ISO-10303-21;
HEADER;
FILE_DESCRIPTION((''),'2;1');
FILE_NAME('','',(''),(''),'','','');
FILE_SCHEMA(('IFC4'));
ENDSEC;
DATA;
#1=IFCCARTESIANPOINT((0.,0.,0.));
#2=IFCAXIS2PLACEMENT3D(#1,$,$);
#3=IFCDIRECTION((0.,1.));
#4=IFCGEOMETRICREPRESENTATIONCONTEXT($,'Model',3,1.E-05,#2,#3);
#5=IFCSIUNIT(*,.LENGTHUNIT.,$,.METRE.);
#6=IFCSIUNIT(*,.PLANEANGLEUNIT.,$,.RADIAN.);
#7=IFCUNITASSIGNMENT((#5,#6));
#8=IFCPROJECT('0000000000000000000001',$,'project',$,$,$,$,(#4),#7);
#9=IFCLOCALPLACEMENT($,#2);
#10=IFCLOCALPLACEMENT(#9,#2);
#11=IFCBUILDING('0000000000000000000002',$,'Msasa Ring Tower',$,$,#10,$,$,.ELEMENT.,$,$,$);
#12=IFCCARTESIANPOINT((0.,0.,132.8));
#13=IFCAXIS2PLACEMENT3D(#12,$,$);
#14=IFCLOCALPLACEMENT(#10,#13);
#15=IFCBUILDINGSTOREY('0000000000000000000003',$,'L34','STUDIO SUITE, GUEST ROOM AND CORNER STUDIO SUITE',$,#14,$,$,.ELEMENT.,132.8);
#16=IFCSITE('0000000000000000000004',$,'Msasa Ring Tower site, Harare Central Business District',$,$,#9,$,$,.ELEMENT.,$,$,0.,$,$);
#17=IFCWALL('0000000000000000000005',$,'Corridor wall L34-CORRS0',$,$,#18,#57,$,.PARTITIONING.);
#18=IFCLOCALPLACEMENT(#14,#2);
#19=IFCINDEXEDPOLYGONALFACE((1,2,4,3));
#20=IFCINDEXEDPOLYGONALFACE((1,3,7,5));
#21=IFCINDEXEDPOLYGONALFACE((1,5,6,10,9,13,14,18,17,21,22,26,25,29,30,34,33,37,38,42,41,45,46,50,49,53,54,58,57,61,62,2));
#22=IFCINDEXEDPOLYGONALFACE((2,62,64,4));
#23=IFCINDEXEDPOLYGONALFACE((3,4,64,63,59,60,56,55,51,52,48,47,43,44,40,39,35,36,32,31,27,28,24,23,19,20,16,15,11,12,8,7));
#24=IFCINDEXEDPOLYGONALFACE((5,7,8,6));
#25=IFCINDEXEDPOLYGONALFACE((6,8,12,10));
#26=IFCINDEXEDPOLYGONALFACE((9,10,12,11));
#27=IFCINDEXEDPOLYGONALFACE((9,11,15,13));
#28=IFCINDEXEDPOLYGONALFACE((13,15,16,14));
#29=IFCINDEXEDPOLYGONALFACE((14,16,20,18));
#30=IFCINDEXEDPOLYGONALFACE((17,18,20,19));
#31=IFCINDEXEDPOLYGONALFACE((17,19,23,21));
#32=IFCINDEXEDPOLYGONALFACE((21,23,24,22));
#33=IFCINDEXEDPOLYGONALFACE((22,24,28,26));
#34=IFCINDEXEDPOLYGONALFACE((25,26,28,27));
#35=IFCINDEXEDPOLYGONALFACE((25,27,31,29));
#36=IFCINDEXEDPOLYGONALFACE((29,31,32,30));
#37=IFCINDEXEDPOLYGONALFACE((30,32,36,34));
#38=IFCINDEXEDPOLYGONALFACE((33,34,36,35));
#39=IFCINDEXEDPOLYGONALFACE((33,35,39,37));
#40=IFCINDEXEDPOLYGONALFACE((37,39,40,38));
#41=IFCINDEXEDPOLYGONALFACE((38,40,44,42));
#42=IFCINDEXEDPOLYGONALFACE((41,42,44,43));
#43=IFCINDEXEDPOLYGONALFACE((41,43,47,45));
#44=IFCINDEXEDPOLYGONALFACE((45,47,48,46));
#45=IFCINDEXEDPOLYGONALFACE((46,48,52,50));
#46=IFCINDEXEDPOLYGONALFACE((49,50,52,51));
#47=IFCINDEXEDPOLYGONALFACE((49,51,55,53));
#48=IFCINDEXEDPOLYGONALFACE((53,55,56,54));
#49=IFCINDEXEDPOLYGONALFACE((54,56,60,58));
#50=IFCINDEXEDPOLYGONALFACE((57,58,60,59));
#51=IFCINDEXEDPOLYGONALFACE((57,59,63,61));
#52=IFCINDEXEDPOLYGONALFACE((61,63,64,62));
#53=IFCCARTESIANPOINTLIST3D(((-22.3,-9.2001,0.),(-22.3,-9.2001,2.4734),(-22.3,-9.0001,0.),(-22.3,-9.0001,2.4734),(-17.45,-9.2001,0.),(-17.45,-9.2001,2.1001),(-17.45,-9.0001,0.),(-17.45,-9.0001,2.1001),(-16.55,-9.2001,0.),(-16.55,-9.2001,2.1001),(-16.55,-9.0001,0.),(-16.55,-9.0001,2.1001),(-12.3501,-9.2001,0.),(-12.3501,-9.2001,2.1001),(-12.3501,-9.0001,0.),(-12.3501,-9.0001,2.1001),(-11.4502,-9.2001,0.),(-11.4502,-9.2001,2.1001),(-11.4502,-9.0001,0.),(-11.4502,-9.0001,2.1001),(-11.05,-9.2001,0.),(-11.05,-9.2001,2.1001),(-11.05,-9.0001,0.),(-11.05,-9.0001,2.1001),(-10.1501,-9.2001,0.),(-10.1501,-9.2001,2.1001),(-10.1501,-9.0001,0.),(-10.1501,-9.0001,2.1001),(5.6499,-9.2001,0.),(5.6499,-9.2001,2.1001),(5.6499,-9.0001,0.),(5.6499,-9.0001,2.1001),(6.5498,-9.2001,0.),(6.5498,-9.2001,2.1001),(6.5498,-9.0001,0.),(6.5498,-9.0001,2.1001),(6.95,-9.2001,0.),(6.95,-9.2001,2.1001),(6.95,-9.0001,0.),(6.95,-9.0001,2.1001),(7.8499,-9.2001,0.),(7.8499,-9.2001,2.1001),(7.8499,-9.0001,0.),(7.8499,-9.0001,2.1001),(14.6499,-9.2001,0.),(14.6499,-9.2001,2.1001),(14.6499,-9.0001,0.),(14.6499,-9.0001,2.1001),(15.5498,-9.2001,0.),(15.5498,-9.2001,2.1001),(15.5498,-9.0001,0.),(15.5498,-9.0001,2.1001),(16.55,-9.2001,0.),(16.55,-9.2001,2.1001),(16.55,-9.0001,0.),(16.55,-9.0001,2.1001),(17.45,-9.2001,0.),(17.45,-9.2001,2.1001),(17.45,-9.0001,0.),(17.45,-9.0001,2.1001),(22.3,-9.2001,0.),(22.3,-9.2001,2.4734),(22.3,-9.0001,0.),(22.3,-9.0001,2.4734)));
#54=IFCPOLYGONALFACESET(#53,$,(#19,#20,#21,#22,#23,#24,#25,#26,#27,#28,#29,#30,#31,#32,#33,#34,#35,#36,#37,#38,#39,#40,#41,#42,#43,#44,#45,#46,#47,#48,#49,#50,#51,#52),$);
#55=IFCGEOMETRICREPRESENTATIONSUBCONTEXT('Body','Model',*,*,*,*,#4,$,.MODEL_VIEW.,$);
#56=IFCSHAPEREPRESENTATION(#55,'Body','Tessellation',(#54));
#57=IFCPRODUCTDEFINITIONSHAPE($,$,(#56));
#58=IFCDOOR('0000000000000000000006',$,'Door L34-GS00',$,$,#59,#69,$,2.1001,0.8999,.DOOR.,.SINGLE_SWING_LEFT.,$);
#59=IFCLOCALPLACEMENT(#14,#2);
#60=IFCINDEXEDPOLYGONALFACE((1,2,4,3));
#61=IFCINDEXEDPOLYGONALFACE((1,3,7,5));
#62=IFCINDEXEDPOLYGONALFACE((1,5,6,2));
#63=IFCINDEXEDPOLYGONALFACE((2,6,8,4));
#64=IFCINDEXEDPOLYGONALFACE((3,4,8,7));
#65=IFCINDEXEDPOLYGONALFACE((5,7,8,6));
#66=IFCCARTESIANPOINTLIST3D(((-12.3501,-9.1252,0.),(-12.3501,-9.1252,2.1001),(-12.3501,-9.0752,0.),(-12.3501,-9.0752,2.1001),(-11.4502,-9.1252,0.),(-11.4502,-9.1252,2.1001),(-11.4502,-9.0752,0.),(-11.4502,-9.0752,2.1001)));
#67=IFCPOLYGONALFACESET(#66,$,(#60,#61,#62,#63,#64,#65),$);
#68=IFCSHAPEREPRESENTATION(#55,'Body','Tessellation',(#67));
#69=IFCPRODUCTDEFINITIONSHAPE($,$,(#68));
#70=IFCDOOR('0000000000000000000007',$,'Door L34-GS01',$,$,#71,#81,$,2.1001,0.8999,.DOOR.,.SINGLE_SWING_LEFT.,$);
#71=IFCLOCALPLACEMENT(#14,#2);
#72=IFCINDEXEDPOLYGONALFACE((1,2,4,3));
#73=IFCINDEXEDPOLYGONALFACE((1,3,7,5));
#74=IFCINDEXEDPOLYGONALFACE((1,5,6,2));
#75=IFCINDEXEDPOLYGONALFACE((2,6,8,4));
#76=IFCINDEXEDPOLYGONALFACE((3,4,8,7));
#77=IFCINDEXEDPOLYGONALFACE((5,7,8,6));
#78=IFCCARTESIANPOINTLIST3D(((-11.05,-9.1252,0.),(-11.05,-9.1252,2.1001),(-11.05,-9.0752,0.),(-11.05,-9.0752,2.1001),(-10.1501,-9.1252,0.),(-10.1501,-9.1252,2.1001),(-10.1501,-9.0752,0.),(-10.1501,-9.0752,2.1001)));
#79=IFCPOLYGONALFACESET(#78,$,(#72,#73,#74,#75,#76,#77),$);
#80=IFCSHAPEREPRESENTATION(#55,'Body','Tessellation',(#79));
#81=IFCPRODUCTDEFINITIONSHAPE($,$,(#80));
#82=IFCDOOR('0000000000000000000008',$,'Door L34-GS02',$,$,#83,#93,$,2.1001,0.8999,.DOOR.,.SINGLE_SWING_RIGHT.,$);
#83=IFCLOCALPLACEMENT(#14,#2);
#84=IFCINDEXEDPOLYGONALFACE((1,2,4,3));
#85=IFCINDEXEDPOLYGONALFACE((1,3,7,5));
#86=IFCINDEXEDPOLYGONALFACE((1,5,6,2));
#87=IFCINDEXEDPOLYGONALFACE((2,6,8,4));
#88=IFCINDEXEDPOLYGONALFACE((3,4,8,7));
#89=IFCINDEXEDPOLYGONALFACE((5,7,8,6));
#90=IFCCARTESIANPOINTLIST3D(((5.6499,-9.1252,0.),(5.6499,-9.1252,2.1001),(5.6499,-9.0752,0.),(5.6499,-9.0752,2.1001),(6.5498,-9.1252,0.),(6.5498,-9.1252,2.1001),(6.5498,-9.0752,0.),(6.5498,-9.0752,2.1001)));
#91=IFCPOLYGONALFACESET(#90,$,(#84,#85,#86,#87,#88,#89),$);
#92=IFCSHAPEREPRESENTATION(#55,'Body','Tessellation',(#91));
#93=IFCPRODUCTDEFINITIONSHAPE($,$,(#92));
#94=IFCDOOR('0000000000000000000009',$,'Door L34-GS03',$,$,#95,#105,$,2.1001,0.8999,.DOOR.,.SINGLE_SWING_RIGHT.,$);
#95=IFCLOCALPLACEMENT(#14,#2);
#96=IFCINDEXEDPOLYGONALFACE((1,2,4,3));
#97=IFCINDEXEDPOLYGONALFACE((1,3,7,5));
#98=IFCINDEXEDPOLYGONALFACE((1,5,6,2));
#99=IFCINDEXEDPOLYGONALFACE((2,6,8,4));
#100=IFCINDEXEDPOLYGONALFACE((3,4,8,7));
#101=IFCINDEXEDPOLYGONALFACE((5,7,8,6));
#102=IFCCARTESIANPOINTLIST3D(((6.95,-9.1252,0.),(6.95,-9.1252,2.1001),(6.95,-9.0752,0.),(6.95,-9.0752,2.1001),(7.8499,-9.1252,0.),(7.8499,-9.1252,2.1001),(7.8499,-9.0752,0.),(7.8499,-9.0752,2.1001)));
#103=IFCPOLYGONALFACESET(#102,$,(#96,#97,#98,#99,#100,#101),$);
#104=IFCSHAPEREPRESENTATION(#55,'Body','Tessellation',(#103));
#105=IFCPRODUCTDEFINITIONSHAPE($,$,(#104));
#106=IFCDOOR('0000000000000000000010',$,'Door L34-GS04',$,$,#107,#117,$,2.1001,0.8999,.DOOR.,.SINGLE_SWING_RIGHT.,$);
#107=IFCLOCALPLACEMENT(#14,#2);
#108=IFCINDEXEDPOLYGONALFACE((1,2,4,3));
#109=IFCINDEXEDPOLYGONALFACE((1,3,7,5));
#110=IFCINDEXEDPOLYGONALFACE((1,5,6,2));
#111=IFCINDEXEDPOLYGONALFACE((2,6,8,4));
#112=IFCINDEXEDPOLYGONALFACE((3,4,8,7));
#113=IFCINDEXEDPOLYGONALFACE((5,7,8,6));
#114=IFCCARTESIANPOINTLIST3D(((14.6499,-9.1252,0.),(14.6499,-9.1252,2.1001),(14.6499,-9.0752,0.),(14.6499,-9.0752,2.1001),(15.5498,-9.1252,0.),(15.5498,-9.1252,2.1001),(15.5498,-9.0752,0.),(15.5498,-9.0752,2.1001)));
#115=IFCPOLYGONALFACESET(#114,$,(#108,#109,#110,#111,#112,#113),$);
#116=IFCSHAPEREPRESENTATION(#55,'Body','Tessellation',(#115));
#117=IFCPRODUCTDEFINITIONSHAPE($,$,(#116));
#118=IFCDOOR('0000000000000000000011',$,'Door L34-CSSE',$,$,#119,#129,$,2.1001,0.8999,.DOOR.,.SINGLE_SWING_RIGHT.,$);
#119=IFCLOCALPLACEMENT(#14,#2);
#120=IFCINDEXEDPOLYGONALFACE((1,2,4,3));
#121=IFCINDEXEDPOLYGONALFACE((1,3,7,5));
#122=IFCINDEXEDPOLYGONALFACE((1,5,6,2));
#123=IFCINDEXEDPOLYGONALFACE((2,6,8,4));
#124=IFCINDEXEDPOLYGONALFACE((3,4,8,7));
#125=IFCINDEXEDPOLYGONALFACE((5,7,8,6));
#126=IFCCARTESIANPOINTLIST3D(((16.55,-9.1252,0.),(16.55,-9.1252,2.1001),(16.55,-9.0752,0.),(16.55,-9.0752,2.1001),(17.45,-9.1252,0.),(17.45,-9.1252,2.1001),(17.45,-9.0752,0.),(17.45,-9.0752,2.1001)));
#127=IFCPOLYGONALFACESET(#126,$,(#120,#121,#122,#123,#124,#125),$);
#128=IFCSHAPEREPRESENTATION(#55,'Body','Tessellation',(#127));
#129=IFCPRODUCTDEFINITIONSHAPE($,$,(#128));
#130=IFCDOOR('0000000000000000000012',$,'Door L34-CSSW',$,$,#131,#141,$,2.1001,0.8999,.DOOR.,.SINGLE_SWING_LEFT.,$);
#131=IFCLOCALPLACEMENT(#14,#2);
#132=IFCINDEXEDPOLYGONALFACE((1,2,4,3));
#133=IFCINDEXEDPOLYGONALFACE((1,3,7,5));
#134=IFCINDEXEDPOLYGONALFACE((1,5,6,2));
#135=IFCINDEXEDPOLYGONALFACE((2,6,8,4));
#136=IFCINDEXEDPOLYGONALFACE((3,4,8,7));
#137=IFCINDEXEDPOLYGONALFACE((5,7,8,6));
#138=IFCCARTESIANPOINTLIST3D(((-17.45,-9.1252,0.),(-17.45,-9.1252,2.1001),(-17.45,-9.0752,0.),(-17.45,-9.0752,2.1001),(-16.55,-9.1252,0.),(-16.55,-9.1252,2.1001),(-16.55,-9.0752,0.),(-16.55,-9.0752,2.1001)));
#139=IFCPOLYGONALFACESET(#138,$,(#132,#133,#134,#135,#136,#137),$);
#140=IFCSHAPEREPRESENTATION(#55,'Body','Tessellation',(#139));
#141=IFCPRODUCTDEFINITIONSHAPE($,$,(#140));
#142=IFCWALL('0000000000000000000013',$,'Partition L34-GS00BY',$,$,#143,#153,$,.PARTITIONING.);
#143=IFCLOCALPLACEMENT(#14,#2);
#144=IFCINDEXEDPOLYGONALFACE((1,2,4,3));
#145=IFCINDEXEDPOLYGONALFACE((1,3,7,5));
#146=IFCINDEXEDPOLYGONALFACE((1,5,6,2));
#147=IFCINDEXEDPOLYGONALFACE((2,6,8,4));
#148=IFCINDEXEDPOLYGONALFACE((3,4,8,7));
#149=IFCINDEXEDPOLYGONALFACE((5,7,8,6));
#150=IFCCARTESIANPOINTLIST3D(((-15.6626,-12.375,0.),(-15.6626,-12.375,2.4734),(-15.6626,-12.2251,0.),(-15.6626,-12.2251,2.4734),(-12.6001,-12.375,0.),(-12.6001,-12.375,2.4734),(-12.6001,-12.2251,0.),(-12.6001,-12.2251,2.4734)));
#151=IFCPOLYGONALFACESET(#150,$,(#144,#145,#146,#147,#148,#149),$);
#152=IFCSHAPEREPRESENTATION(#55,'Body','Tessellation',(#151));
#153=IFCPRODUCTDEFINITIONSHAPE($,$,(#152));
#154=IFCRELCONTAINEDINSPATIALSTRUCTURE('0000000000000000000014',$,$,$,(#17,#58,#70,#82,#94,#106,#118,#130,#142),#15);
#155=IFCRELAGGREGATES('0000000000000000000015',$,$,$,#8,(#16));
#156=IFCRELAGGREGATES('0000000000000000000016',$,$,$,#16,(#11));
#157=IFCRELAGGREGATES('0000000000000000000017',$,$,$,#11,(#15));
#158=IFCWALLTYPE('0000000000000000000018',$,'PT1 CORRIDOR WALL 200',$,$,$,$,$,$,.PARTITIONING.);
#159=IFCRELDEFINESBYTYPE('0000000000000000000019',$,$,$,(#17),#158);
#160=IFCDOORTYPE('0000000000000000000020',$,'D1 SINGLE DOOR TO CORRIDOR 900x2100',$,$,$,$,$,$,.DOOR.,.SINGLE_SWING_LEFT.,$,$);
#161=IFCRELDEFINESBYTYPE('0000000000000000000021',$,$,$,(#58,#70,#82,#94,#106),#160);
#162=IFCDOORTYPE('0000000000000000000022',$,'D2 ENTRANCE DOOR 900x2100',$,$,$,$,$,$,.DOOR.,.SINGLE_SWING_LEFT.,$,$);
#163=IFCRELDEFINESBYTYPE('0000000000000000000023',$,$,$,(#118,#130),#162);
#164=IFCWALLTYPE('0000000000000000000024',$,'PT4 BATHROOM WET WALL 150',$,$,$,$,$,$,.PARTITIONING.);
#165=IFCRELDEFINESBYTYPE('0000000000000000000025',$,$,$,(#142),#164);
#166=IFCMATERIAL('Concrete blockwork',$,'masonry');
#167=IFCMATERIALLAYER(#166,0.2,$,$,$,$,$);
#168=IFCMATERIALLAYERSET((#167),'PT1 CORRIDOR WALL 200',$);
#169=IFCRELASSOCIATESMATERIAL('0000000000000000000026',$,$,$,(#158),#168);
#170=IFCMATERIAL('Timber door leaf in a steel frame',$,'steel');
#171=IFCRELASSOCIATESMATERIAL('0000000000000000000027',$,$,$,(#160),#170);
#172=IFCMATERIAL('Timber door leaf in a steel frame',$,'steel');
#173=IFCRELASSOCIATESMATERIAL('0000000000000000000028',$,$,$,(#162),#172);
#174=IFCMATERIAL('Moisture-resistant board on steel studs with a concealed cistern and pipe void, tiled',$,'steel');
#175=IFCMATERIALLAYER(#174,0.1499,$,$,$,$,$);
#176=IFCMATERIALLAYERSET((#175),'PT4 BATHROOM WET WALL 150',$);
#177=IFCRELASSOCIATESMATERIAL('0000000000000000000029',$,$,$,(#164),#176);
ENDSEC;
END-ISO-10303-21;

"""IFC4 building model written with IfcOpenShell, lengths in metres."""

from ifc_helpers import new_model, si_unit, direction, frame, frame_2d, origin, place, context, subcontext, project, spatial, rectangle, extrude, material, layer, layer_set, type_object, element, fill, save


model = new_model("IFC4")

# Units and contexts
model_context = context("Model", 3, precision=1e-05, world=origin(), true_north=direction((0.0, 1.0)))
body_context = subcontext(model_context, "Body", "Model", "MODEL_VIEW")
ifc_project = project(units=[si_unit("LENGTHUNIT", "METRE"), si_unit("PLANEANGLEUNIT", "RADIAN")], contexts=[model_context])

# Site, building, storey
site_placement = place(None, origin())
site = spatial("IfcSite", under=ifc_project, at=site_placement, Name="Msasa Ring Tower site, Harare Central Business District", CompositionType="ELEMENT", RefElevation=0.0)
building_placement = place(site_placement, origin())
building = spatial("IfcBuilding", under=site, at=building_placement, Name="Msasa Ring Tower", CompositionType="ELEMENT")
storey_placement = place(building_placement, frame((0.0, 0.0, 132.8)))
storey = spatial("IfcBuildingStorey", under=building, at=storey_placement, Name="L34", Description="STUDIO SUITE, GUEST ROOM AND CORNER STUDIO SUITE", CompositionType="ELEMENT", Elevation=132.8)

# Wall, openings, doors
ifc_material_1 = material(Name="Concrete blockwork", Category="masonry")
ifc_layer_1 = layer(ifc_material_1, 0.2)
ifc_layer_set_1 = layer_set([ifc_layer_1], Name="PT1 CORRIDOR WALL 200")
wall_type_1 = type_object("IfcWallType", Name="PT1 CORRIDOR WALL 200", PredefinedType="PARTITIONING", material=ifc_layer_set_1)
wall_1_placement = place(storey_placement, frame((-22.3, -9.1001, 0.0), z_axis=(0.0, 0.0, 1.0), x_axis=(1.0, 0.0, 0.0)))
wall_1 = element("IfcWall", 1, at=wall_1_placement, inside=storey, type_object=wall_type_1, Name="Corridor wall L34-CORRS0", PredefinedType="PARTITIONING", context=body_context, shape_type="SweptSolid", body=[
    extrude(rectangle(XDim=44.6001, YDim=0.2, at=frame_2d((22.3, 0.0))), origin(), (0.0, 0.0, 1.0), 2.4734),
])
opening_1_placement = place(wall_1_placement, frame((9.95, 0.0, 0.0)))
opening_1 = element("IfcOpeningElement", 2, at=opening_1_placement, cuts=wall_1, PredefinedType="OPENING", context=body_context, shape_type="SweptSolid", body=[
    extrude(rectangle(XDim=0.8999, YDim=2.1001, at=frame_2d((0.45, 1.05))), frame((0.0, 0.1099, 0.0), z_axis=(0.0, -1.0, 0.0), x_axis=(1.0, 0.0, 0.0)), (0.0, 0.0, 1.0), 0.22),
])
opening_2_placement = place(wall_1_placement, frame((11.25, 0.0, 0.0)))
opening_2 = element("IfcOpeningElement", 3, at=opening_2_placement, cuts=wall_1, PredefinedType="OPENING", context=body_context, shape_type="SweptSolid", body=[
    extrude(rectangle(XDim=0.8999, YDim=2.1001, at=frame_2d((0.45, 1.05))), frame((0.0, 0.1099, 0.0), z_axis=(0.0, -1.0, 0.0), x_axis=(1.0, 0.0, 0.0)), (0.0, 0.0, 1.0), 0.22),
])
opening_3_placement = place(wall_1_placement, frame((27.95, 0.0, 0.0)))
opening_3 = element("IfcOpeningElement", 4, at=opening_3_placement, cuts=wall_1, PredefinedType="OPENING", context=body_context, shape_type="SweptSolid", body=[
    extrude(rectangle(XDim=0.8999, YDim=2.1001, at=frame_2d((0.45, 1.05))), frame((0.0, 0.1099, 0.0), z_axis=(0.0, -1.0, 0.0), x_axis=(1.0, 0.0, 0.0)), (0.0, 0.0, 1.0), 0.22),
])
opening_4_placement = place(wall_1_placement, frame((29.25, 0.0, 0.0)))
opening_4 = element("IfcOpeningElement", 5, at=opening_4_placement, cuts=wall_1, PredefinedType="OPENING", context=body_context, shape_type="SweptSolid", body=[
    extrude(rectangle(XDim=0.8999, YDim=2.1001, at=frame_2d((0.45, 1.05))), frame((0.0, 0.1099, 0.0), z_axis=(0.0, -1.0, 0.0), x_axis=(1.0, 0.0, 0.0)), (0.0, 0.0, 1.0), 0.22),
])
opening_5_placement = place(wall_1_placement, frame((36.95, 0.0, 0.0)))
opening_5 = element("IfcOpeningElement", 6, at=opening_5_placement, cuts=wall_1, PredefinedType="OPENING", context=body_context, shape_type="SweptSolid", body=[
    extrude(rectangle(XDim=0.8999, YDim=2.1001, at=frame_2d((0.45, 1.05))), frame((0.0, 0.1099, 0.0), z_axis=(0.0, -1.0, 0.0), x_axis=(1.0, 0.0, 0.0)), (0.0, 0.0, 1.0), 0.22),
])
opening_6_placement = place(wall_1_placement, frame((38.8501, 0.0, 0.0)))
opening_6 = element("IfcOpeningElement", 7, at=opening_6_placement, cuts=wall_1, PredefinedType="OPENING", context=body_context, shape_type="SweptSolid", body=[
    extrude(rectangle(XDim=0.8999, YDim=2.1001, at=frame_2d((0.45, 1.05))), frame((0.0, 0.1099, 0.0), z_axis=(0.0, -1.0, 0.0), x_axis=(1.0, 0.0, 0.0)), (0.0, 0.0, 1.0), 0.22),
])
opening_7_placement = place(wall_1_placement, frame((4.8501, 0.0, 0.0)))
opening_7 = element("IfcOpeningElement", 8, at=opening_7_placement, cuts=wall_1, PredefinedType="OPENING", context=body_context, shape_type="SweptSolid", body=[
    extrude(rectangle(XDim=0.8999, YDim=2.1001, at=frame_2d((0.45, 1.05))), frame((0.0, 0.1099, 0.0), z_axis=(0.0, -1.0, 0.0), x_axis=(1.0, 0.0, 0.0)), (0.0, 0.0, 1.0), 0.22),
])
ifc_material_2 = material(Name="Timber door leaf in a steel frame", Category="steel")
door_type_1 = type_object("IfcDoorType", Name="D1 SINGLE DOOR TO CORRIDOR 900x2100", OperationType="SINGLE_SWING_LEFT", PredefinedType="DOOR", material=ifc_material_2)
door_1_placement = place(opening_1_placement, origin())
door_1 = element("IfcDoor", 9, at=door_1_placement, inside=storey, type_object=door_type_1, Name="Door L34-GS00", OperationType="SINGLE_SWING_LEFT", OverallHeight=2.1001, OverallWidth=0.8999, PredefinedType="DOOR", context=body_context, shape_type="SweptSolid", body=[
    extrude(rectangle(XDim=0.8999, YDim=2.1001, at=frame_2d((0.45, 1.05))), frame((0.0, 0.0249, 0.0), z_axis=(0.0, -1.0, 0.0), x_axis=(1.0, 0.0, 0.0)), (0.0, 0.0, 1.0), 0.05),
])
fill(opening_1, door_1)
door_2_placement = place(opening_2_placement, origin())
door_2 = element("IfcDoor", 10, at=door_2_placement, inside=storey, type_object=door_type_1, Name="Door L34-GS01", OperationType="SINGLE_SWING_LEFT", OverallHeight=2.1001, OverallWidth=0.8999, PredefinedType="DOOR", context=body_context, shape_type="SweptSolid", body=[
    extrude(rectangle(XDim=0.8999, YDim=2.1001, at=frame_2d((0.45, 1.05))), frame((0.0, 0.0249, 0.0), z_axis=(0.0, -1.0, 0.0), x_axis=(1.0, 0.0, 0.0)), (0.0, 0.0, 1.0), 0.05),
])
fill(opening_2, door_2)
door_3_placement = place(opening_3_placement, origin())
door_3 = element("IfcDoor", 11, at=door_3_placement, inside=storey, type_object=door_type_1, Name="Door L34-GS02", OperationType="SINGLE_SWING_RIGHT", OverallHeight=2.1001, OverallWidth=0.8999, PredefinedType="DOOR", context=body_context, shape_type="SweptSolid", body=[
    extrude(rectangle(XDim=0.8999, YDim=2.1001, at=frame_2d((0.45, 1.05))), frame((0.0, 0.0249, 0.0), z_axis=(0.0, -1.0, 0.0), x_axis=(1.0, 0.0, 0.0)), (0.0, 0.0, 1.0), 0.05),
])
fill(opening_3, door_3)
door_4_placement = place(opening_4_placement, origin())
door_4 = element("IfcDoor", 12, at=door_4_placement, inside=storey, type_object=door_type_1, Name="Door L34-GS03", OperationType="SINGLE_SWING_RIGHT", OverallHeight=2.1001, OverallWidth=0.8999, PredefinedType="DOOR", context=body_context, shape_type="SweptSolid", body=[
    extrude(rectangle(XDim=0.8999, YDim=2.1001, at=frame_2d((0.45, 1.05))), frame((0.0, 0.0249, 0.0), z_axis=(0.0, -1.0, 0.0), x_axis=(1.0, 0.0, 0.0)), (0.0, 0.0, 1.0), 0.05),
])
fill(opening_4, door_4)
door_5_placement = place(opening_5_placement, origin())
door_5 = element("IfcDoor", 13, at=door_5_placement, inside=storey, type_object=door_type_1, Name="Door L34-GS04", OperationType="SINGLE_SWING_RIGHT", OverallHeight=2.1001, OverallWidth=0.8999, PredefinedType="DOOR", context=body_context, shape_type="SweptSolid", body=[
    extrude(rectangle(XDim=0.8999, YDim=2.1001, at=frame_2d((0.45, 1.05))), frame((0.0, 0.0249, 0.0), z_axis=(0.0, -1.0, 0.0), x_axis=(1.0, 0.0, 0.0)), (0.0, 0.0, 1.0), 0.05),
])
fill(opening_5, door_5)
ifc_material_3 = material(Name="Timber door leaf in a steel frame", Category="steel")
door_type_2 = type_object("IfcDoorType", Name="D2 ENTRANCE DOOR 900x2100", OperationType="SINGLE_SWING_LEFT", PredefinedType="DOOR", material=ifc_material_3)
door_6_placement = place(opening_6_placement, origin())
door_6 = element("IfcDoor", 14, at=door_6_placement, inside=storey, type_object=door_type_2, Name="Door L34-CSSE", OperationType="SINGLE_SWING_RIGHT", OverallHeight=2.1001, OverallWidth=0.8999, PredefinedType="DOOR", context=body_context, shape_type="SweptSolid", body=[
    extrude(rectangle(XDim=0.8999, YDim=2.1001, at=frame_2d((0.45, 1.05))), frame((0.0, 0.0249, 0.0), z_axis=(0.0, -1.0, 0.0), x_axis=(1.0, 0.0, 0.0)), (0.0, 0.0, 1.0), 0.05),
])
fill(opening_6, door_6)
door_7_placement = place(opening_7_placement, origin())
door_7 = element("IfcDoor", 15, at=door_7_placement, inside=storey, type_object=door_type_2, Name="Door L34-CSSW", OperationType="SINGLE_SWING_LEFT", OverallHeight=2.1001, OverallWidth=0.8999, PredefinedType="DOOR", context=body_context, shape_type="SweptSolid", body=[
    extrude(rectangle(XDim=0.8999, YDim=2.1001, at=frame_2d((0.45, 1.05))), frame((0.0, 0.0249, 0.0), z_axis=(0.0, -1.0, 0.0), x_axis=(1.0, 0.0, 0.0)), (0.0, 0.0, 1.0), 0.05),
])
fill(opening_7, door_7)

# Wall
ifc_material_4 = material(Name="Moisture-resistant board on steel studs with a concealed cistern and pipe void, tiled", Category="steel")
ifc_layer_2 = layer(ifc_material_4, 0.1499)
ifc_layer_set_2 = layer_set([ifc_layer_2], Name="PT4 BATHROOM WET WALL 150")
wall_type_2 = type_object("IfcWallType", Name="PT4 BATHROOM WET WALL 150", PredefinedType="PARTITIONING", material=ifc_layer_set_2)
wall_2_placement = place(storey_placement, frame((-15.6626, -12.3, 0.0), z_axis=(0.0, 0.0, 1.0), x_axis=(1.0, 0.0, 0.0)))
element("IfcWall", 16, at=wall_2_placement, inside=storey, type_object=wall_type_2, Name="Partition L34-GS00BY", PredefinedType="PARTITIONING", context=body_context, shape_type="SweptSolid", body=[
    extrude(rectangle(XDim=3.0625, YDim=0.1499, at=frame_2d((1.5312, 0.0))), origin(), (0.0, 0.0, 1.0), 2.4734),
])

save(model, "model.ifc")
